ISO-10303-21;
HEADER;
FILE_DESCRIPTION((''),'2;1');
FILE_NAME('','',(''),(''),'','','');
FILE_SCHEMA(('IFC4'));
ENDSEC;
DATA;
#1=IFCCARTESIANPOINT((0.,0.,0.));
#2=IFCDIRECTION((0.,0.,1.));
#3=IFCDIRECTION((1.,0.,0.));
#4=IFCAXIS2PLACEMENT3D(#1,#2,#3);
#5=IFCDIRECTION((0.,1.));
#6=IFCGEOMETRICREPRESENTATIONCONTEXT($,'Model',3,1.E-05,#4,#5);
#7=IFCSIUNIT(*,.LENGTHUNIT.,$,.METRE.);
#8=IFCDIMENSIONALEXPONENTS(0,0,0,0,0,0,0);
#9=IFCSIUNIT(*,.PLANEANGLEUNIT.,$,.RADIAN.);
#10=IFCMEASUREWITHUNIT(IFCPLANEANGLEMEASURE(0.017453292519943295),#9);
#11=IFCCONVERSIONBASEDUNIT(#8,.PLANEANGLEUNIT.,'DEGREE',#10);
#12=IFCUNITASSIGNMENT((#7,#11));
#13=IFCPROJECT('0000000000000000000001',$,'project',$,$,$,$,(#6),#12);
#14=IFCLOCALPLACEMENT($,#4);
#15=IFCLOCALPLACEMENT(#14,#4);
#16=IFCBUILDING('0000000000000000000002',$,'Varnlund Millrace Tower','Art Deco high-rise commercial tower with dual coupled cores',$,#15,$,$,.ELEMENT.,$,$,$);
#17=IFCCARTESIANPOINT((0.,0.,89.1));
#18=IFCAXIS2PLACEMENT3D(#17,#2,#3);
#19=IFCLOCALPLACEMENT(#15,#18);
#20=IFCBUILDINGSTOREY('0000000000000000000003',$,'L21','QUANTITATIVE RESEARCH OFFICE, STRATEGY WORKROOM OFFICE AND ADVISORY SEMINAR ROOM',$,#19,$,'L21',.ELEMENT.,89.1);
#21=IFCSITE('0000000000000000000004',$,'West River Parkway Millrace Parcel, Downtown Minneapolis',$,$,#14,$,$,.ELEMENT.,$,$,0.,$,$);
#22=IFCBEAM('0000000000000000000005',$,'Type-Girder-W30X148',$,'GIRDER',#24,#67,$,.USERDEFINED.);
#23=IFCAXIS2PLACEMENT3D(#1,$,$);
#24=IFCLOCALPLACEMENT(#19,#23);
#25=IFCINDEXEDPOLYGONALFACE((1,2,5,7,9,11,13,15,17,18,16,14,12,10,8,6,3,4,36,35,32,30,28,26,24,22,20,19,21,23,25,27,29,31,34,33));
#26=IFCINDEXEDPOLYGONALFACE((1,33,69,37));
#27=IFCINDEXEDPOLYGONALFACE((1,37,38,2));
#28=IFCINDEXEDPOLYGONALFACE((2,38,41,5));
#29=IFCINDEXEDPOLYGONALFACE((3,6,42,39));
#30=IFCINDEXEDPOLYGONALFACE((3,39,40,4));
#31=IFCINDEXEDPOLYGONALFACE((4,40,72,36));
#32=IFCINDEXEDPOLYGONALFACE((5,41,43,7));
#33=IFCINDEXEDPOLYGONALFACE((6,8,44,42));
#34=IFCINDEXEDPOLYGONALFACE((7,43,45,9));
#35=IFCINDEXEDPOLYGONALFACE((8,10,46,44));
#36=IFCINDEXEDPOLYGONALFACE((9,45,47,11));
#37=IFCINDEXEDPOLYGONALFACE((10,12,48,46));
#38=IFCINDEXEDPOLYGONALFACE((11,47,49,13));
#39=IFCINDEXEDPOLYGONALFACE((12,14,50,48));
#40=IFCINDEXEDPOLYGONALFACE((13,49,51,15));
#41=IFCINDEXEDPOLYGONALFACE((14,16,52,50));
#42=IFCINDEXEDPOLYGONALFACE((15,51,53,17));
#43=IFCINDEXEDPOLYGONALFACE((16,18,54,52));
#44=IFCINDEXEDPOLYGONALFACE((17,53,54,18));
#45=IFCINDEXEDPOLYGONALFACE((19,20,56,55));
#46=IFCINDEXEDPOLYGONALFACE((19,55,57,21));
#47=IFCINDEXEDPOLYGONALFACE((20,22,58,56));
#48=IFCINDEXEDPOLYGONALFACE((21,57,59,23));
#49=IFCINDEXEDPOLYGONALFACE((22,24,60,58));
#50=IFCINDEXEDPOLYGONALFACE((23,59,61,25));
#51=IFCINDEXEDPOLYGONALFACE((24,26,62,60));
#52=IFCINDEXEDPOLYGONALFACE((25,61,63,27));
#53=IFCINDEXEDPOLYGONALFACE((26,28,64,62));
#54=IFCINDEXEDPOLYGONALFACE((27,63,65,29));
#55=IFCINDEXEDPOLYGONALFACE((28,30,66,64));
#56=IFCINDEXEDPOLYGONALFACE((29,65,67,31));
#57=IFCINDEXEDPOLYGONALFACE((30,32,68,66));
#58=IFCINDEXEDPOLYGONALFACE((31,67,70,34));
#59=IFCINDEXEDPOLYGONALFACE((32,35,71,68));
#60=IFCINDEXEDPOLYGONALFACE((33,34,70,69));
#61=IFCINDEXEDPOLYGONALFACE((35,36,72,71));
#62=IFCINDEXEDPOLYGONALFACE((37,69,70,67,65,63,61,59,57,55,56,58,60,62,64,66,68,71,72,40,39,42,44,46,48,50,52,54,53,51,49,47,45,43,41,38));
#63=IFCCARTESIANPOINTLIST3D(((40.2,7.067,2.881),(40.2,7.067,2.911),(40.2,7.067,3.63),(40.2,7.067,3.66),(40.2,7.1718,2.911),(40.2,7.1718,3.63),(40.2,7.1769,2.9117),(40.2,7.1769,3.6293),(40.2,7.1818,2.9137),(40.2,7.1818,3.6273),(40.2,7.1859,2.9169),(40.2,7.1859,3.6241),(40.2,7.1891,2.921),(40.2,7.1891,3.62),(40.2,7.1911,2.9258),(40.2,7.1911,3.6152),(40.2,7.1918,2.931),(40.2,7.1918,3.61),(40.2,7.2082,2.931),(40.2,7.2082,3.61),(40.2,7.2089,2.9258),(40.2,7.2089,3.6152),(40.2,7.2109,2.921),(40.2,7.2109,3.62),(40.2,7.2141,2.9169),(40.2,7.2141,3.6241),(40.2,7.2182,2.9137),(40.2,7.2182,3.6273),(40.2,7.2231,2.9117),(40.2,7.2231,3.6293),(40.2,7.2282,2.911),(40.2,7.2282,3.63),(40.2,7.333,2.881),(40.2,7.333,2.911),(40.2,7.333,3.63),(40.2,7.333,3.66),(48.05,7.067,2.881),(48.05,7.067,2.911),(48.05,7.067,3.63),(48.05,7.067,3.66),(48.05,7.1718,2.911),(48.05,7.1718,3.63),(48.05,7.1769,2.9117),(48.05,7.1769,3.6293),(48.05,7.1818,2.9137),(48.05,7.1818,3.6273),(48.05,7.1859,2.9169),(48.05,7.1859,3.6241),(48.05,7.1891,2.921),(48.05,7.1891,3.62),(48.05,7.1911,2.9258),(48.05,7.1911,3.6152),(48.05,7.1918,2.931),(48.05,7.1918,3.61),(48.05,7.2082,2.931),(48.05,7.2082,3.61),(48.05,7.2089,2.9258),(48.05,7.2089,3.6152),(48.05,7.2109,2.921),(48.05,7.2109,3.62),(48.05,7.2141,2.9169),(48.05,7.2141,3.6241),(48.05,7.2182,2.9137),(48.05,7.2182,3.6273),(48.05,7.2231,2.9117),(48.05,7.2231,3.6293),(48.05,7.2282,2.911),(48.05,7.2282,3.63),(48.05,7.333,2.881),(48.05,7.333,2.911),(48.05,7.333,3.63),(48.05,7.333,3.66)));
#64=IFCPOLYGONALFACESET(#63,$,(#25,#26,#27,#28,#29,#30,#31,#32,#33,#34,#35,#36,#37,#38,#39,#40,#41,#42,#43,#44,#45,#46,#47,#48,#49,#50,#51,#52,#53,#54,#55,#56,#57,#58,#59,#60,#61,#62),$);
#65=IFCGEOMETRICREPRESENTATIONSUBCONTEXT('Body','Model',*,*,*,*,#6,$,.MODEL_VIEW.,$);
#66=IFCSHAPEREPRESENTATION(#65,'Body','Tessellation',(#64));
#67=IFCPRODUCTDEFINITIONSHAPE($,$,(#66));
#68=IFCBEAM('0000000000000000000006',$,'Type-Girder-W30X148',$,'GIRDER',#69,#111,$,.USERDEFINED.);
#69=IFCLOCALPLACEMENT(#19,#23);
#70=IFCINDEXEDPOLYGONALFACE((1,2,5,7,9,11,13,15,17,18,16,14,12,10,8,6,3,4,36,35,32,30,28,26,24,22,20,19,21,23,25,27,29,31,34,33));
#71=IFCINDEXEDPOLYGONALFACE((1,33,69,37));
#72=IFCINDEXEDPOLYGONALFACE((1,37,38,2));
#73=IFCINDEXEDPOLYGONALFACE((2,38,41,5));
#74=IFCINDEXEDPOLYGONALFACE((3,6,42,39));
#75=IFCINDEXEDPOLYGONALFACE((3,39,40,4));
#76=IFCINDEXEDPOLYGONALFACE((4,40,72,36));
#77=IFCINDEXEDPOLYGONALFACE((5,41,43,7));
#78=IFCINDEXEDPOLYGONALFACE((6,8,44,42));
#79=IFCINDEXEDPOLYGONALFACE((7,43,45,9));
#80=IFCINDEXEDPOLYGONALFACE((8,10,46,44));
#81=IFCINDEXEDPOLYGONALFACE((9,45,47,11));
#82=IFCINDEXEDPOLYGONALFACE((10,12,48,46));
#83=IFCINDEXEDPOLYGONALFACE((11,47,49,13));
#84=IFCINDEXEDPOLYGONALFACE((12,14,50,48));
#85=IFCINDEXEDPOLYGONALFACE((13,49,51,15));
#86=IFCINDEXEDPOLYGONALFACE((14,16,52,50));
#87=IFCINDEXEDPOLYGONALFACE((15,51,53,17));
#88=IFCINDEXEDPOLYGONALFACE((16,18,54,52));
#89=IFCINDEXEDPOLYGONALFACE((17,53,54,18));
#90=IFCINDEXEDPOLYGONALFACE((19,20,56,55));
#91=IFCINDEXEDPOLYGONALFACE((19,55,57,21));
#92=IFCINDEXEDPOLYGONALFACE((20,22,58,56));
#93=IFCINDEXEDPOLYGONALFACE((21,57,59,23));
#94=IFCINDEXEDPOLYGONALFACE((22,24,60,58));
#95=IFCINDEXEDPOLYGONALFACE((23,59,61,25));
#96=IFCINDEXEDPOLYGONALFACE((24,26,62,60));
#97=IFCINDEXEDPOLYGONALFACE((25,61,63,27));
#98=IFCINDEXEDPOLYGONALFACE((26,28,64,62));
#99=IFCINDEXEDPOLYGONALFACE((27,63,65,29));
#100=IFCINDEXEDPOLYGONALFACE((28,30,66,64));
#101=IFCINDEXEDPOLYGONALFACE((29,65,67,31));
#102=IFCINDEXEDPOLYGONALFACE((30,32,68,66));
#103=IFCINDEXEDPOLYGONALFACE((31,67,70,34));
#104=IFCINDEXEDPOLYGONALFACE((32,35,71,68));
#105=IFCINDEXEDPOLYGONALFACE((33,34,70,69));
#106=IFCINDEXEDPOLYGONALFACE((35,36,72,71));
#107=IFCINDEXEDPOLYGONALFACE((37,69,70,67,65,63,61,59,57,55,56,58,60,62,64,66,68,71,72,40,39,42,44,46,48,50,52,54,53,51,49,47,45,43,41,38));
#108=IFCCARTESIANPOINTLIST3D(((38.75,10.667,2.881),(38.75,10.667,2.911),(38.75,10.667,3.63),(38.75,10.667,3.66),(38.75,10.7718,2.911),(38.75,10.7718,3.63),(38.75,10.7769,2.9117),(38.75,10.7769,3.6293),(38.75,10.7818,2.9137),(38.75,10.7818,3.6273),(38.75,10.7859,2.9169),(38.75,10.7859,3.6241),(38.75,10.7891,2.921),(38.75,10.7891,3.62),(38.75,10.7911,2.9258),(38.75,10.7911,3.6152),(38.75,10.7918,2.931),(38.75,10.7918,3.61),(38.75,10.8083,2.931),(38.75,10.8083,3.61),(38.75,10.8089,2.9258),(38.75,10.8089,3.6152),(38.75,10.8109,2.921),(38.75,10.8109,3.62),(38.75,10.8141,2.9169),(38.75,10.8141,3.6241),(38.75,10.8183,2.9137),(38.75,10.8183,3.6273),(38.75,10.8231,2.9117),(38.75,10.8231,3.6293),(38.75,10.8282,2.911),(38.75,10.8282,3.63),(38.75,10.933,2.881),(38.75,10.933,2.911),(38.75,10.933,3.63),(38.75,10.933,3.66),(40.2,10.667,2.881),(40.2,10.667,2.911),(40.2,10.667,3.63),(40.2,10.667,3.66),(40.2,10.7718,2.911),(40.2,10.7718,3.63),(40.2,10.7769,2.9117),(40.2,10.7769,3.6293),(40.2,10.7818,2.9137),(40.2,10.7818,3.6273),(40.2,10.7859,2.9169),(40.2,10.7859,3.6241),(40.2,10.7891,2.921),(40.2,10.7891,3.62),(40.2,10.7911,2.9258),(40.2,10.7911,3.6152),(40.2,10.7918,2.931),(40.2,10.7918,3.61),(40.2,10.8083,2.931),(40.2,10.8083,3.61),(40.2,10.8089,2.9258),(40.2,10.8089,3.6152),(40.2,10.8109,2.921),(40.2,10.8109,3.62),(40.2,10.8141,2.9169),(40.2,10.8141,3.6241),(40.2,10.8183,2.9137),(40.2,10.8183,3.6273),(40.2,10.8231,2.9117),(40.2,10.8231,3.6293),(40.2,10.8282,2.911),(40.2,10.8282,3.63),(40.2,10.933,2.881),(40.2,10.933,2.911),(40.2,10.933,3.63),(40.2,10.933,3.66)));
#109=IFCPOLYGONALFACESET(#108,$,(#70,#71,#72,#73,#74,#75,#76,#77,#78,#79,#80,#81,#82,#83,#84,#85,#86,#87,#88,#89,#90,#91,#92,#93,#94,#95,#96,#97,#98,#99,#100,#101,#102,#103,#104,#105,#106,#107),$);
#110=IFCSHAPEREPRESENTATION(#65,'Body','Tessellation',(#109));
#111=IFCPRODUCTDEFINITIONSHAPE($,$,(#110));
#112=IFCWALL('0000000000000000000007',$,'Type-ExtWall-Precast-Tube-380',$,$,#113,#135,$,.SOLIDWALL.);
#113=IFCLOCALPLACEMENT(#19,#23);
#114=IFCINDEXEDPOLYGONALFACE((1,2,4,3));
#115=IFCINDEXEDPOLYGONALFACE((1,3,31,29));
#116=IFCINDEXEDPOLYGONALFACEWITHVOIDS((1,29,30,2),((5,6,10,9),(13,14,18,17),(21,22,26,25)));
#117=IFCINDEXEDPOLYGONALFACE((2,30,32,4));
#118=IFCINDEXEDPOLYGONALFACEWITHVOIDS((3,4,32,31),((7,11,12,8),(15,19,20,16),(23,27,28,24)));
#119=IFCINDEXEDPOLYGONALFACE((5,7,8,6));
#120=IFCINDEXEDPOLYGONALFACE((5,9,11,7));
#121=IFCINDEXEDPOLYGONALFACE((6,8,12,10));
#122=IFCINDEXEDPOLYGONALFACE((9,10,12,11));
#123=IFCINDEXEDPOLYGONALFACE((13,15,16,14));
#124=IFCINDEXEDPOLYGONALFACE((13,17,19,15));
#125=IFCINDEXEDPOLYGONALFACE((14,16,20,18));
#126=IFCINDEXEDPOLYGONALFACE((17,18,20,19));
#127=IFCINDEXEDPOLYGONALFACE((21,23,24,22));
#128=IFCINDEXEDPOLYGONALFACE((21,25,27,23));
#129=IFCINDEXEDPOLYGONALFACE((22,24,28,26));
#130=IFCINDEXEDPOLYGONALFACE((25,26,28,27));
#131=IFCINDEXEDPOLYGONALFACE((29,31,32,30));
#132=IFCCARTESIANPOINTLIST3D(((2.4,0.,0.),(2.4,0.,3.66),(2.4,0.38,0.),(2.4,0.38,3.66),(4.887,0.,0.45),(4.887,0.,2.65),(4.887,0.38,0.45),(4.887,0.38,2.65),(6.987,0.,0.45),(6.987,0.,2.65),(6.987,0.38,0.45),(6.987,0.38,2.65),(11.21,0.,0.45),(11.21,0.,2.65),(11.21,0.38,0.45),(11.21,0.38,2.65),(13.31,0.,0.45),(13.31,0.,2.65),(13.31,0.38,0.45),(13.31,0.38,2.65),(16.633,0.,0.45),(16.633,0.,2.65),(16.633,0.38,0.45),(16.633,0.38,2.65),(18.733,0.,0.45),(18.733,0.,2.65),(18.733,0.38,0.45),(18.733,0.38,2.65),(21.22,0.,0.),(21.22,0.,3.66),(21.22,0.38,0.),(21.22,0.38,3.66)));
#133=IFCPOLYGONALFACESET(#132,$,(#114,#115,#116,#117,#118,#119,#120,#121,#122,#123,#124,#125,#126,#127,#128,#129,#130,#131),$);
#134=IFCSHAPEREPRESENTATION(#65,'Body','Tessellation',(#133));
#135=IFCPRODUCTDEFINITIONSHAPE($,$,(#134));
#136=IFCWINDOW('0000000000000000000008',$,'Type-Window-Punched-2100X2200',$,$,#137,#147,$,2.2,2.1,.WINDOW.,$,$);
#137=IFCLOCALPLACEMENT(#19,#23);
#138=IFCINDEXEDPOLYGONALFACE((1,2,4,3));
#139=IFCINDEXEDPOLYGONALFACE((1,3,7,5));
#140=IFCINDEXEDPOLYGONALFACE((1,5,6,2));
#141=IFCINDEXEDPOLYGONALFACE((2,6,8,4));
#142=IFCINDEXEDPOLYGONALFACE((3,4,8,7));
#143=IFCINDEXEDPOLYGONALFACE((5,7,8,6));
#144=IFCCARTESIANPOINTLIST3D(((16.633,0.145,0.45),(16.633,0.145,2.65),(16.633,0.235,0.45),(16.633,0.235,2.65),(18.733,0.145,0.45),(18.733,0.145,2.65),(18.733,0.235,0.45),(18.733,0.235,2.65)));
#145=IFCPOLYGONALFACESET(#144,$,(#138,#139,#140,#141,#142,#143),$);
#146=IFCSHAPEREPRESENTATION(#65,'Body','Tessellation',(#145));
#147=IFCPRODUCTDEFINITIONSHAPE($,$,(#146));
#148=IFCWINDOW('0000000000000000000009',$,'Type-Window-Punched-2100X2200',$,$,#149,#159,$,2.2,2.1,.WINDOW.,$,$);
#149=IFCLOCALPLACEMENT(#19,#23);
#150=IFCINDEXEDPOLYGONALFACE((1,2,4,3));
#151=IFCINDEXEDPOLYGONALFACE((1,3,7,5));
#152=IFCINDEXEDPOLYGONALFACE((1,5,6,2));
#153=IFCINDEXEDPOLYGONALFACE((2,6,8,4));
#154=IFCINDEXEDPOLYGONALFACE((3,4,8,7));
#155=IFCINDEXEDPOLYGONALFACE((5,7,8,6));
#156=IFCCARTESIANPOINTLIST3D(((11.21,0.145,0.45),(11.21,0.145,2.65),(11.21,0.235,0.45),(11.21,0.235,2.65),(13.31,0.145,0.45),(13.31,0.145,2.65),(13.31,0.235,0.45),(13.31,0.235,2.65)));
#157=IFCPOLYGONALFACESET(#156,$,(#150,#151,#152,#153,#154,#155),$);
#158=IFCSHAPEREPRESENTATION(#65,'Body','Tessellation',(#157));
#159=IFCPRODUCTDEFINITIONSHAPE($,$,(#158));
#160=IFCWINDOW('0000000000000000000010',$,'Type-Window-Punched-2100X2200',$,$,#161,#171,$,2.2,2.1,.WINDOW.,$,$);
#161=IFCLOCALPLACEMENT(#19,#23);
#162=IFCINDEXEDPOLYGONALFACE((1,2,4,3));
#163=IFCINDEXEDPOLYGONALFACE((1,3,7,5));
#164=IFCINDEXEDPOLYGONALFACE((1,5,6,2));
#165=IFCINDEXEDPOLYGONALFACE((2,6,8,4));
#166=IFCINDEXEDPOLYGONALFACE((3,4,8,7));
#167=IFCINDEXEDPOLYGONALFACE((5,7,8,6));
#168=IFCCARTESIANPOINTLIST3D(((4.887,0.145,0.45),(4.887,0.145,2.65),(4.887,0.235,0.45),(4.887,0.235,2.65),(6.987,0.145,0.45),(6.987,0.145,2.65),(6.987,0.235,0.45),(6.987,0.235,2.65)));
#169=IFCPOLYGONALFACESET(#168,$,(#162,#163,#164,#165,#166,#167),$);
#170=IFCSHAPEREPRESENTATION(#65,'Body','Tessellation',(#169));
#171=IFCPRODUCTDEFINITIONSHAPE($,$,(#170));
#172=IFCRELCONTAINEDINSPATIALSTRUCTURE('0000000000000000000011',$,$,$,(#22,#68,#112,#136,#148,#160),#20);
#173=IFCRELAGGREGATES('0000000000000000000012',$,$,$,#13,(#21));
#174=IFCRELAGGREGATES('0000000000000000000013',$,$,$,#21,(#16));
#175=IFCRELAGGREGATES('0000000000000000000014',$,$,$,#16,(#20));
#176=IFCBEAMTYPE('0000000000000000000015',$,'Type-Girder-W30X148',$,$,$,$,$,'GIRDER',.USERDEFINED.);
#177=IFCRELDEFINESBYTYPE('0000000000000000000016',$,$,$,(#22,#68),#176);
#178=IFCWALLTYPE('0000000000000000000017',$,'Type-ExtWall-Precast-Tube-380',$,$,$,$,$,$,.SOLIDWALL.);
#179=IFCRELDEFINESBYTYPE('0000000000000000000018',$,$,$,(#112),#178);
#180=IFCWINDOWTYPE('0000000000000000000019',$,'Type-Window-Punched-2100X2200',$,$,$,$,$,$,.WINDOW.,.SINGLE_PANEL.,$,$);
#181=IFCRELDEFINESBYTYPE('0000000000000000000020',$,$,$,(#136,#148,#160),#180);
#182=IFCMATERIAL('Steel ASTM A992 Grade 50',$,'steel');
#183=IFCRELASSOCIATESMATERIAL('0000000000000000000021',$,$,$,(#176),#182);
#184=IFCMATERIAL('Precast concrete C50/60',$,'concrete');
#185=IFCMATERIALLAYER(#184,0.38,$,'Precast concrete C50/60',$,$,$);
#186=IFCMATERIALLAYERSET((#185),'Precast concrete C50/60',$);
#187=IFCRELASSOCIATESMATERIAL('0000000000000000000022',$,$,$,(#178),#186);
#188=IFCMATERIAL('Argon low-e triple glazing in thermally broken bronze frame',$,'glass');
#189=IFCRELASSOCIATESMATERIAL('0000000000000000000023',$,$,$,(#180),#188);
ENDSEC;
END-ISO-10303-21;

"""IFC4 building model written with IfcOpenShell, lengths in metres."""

from ifc_helpers import new_model, entity, si_unit, converted_unit, direction, frame, origin_with_axes, origin_2d_with_axis, place, context, subcontext, project, spatial, polyline, rectangle, i_section, outline, extrude, material, layer, layer_set, material_profile, profile_set, type_object, element, fill, save


model = new_model("IFC4")

# Units and contexts
model_context = context("Model", 3, precision=1e-05, world=origin_with_axes(), true_north=direction((0.0, 1.0)))
body_context = subcontext(model_context, "Body", "Model", "MODEL_VIEW")
ifc_project = project(units=[si_unit("LENGTHUNIT", "METRE"), converted_unit("PLANEANGLEUNIT", "DEGREE", entity("IfcPlaneAngleMeasure", 0.017453292519943295), si_unit("PLANEANGLEUNIT", "RADIAN"), dimensions=[0, 0, 0, 0, 0, 0, 0])], contexts=[model_context])

# Site, building, storey
site_placement = place(None, origin_with_axes())
site = spatial("IfcSite", under=ifc_project, at=site_placement, Name="West River Parkway Millrace Parcel, Downtown Minneapolis", CompositionType="ELEMENT", RefElevation=0.0)
building_placement = place(site_placement, origin_with_axes())
building = spatial("IfcBuilding", under=site, at=building_placement, Name="Varnlund Millrace Tower", Description="Art Deco high-rise commercial tower with dual coupled cores", CompositionType="ELEMENT")
storey_placement = place(building_placement, frame((0.0, 0.0, 89.1), z_axis=(0.0, 0.0, 1.0), x_axis=(1.0, 0.0, 0.0)))
storey = spatial("IfcBuildingStorey", under=building, at=storey_placement, Name="L21", Description="QUANTITATIVE RESEARCH OFFICE, STRATEGY WORKROOM OFFICE AND ADVISORY SEMINAR ROOM", LongName="L21", CompositionType="ELEMENT", Elevation=89.1)

# Beams
ifc_material_1 = material(Name="Steel ASTM A992 Grade 50", Category="steel")
ifc_material_profile_1 = material_profile(ifc_material_1, i_section(OverallWidth=0.266, OverallDepth=0.779, WebThickness=0.0165, FlangeThickness=0.03, FilletRadius=0.02, at=origin_2d_with_axis()), Name="Steel ASTM A992 Grade 50")
ifc_profile_set_1 = profile_set([ifc_material_profile_1], Name="Steel ASTM A992 Grade 50")
beam_type_1 = type_object("IfcBeamType", Name="Type-Girder-W30X148", ElementType="GIRDER", PredefinedType="USERDEFINED", material=ifc_profile_set_1)
beam_1_placement = place(storey_placement, frame((40.2, 7.2, 3.2705), z_axis=(1.0, 0.0, 0.0), x_axis=(0.0, 1.0, 0.0)))
element("IfcBeam", 1, at=beam_1_placement, inside=storey, type_object=beam_type_1, Name="Type-Girder-W30X148", ObjectType="GIRDER", PredefinedType="USERDEFINED", context=body_context, shape_type="SweptSolid", body=[
    extrude(i_section(OverallWidth=0.266, OverallDepth=0.779, WebThickness=0.0165, FlangeThickness=0.03, FilletRadius=0.02, at=origin_2d_with_axis()), origin_with_axes(), (0.0, 0.0, 1.0), 7.85),
])
beam_2_placement = place(storey_placement, frame((38.75, 10.8, 3.2705), z_axis=(1.0, 0.0, 0.0), x_axis=(0.0, 1.0, 0.0)))
element("IfcBeam", 2, at=beam_2_placement, inside=storey, type_object=beam_type_1, Name="Type-Girder-W30X148", ObjectType="GIRDER", PredefinedType="USERDEFINED", context=body_context, shape_type="SweptSolid", body=[
    extrude(i_section(OverallWidth=0.266, OverallDepth=0.779, WebThickness=0.0165, FlangeThickness=0.03, FilletRadius=0.02, at=origin_2d_with_axis()), origin_with_axes(), (0.0, 0.0, 1.0), 1.45),
])

# Wall, openings, windows
ifc_material_2 = material(Name="Precast concrete C50/60", Category="concrete")
ifc_layer_1 = layer(ifc_material_2, 0.38, Name="Precast concrete C50/60")
ifc_layer_set_1 = layer_set([ifc_layer_1], Name="Precast concrete C50/60")
wall_type_1 = type_object("IfcWallType", Name="Type-ExtWall-Precast-Tube-380", PredefinedType="SOLIDWALL", material=ifc_layer_set_1)
wall_1_placement = place(storey_placement, frame((21.22, 0.19, 0.0), z_axis=(0.0, 0.0, 1.0), x_axis=(-1.0, 0.0, 0.0)))
wall_1 = element("IfcWall", 3, at=wall_1_placement, inside=storey, type_object=wall_type_1, Name="Type-ExtWall-Precast-Tube-380", PredefinedType="SOLIDWALL", context=body_context, shape_type="SweptSolid", body=[
    extrude(outline(polyline([(0.0, -0.19), (18.82, -0.19), (18.82, 0.19), (0.0, 0.19), (0.0, -0.19)])), origin_with_axes(), (0.0, 0.0, 1.0), 3.66),
])
opening_1_placement = place(wall_1_placement, frame((3.537, 0.0, 0.45), z_axis=(0.0, 0.0, 1.0), x_axis=(1.0, 0.0, 0.0)))
opening_1 = element("IfcOpeningElement", 4, at=opening_1_placement, cuts=wall_1, PredefinedType="OPENING", context=body_context, shape_type="SweptSolid", body=[
    extrude(rectangle(XDim=2.1, YDim=0.4, at=origin_2d_with_axis()), origin_with_axes(), (0.0, 0.0, 1.0), 2.2),
])
opening_2_placement = place(wall_1_placement, frame((8.96, 0.0, 0.45), z_axis=(0.0, 0.0, 1.0), x_axis=(1.0, 0.0, 0.0)))
opening_2 = element("IfcOpeningElement", 5, at=opening_2_placement, cuts=wall_1, PredefinedType="OPENING", context=body_context, shape_type="SweptSolid", body=[
    extrude(rectangle(XDim=2.1, YDim=0.4, at=origin_2d_with_axis()), origin_with_axes(), (0.0, 0.0, 1.0), 2.2),
])
opening_3_placement = place(wall_1_placement, frame((15.283, 0.0, 0.45), z_axis=(0.0, 0.0, 1.0), x_axis=(1.0, 0.0, 0.0)))
opening_3 = element("IfcOpeningElement", 6, at=opening_3_placement, cuts=wall_1, PredefinedType="OPENING", context=body_context, shape_type="SweptSolid", body=[
    extrude(rectangle(XDim=2.1, YDim=0.4, at=origin_2d_with_axis()), origin_with_axes(), (0.0, 0.0, 1.0), 2.2),
])
ifc_material_3 = material(Name="Argon low-e triple glazing in thermally broken bronze frame", Category="glass")
window_type = type_object("IfcWindowType", Name="Type-Window-Punched-2100X2200", PartitioningType="SINGLE_PANEL", PredefinedType="WINDOW", material=ifc_material_3)
window_1_placement = place(wall_1_placement, frame((3.537, 0.0, 0.45), z_axis=(0.0, 0.0, 1.0), x_axis=(1.0, 0.0, 0.0)))
window_1 = element("IfcWindow", 7, at=window_1_placement, inside=storey, type_object=window_type, Name="Type-Window-Punched-2100X2200", OverallHeight=2.2, OverallWidth=2.1, PredefinedType="WINDOW", context=body_context, shape_type="SweptSolid", body=[
    extrude(rectangle(XDim=2.1, YDim=0.09, at=origin_2d_with_axis()), origin_with_axes(), (0.0, 0.0, 1.0), 2.2),
])
fill(opening_1, window_1)
window_2_placement = place(wall_1_placement, frame((8.96, 0.0, 0.45), z_axis=(0.0, 0.0, 1.0), x_axis=(1.0, 0.0, 0.0)))
window_2 = element("IfcWindow", 8, at=window_2_placement, inside=storey, type_object=window_type, Name="Type-Window-Punched-2100X2200", OverallHeight=2.2, OverallWidth=2.1, PredefinedType="WINDOW", context=body_context, shape_type="SweptSolid", body=[
    extrude(rectangle(XDim=2.1, YDim=0.09, at=origin_2d_with_axis()), origin_with_axes(), (0.0, 0.0, 1.0), 2.2),
])
fill(opening_2, window_2)
window_3_placement = place(wall_1_placement, frame((15.283, 0.0, 0.45), z_axis=(0.0, 0.0, 1.0), x_axis=(1.0, 0.0, 0.0)))
window_3 = element("IfcWindow", 9, at=window_3_placement, inside=storey, type_object=window_type, Name="Type-Window-Punched-2100X2200", OverallHeight=2.2, OverallWidth=2.1, PredefinedType="WINDOW", context=body_context, shape_type="SweptSolid", body=[
    extrude(rectangle(XDim=2.1, YDim=0.09, at=origin_2d_with_axis()), origin_with_axes(), (0.0, 0.0, 1.0), 2.2),
])
fill(opening_3, window_3)

save(model, "model.ifc")
